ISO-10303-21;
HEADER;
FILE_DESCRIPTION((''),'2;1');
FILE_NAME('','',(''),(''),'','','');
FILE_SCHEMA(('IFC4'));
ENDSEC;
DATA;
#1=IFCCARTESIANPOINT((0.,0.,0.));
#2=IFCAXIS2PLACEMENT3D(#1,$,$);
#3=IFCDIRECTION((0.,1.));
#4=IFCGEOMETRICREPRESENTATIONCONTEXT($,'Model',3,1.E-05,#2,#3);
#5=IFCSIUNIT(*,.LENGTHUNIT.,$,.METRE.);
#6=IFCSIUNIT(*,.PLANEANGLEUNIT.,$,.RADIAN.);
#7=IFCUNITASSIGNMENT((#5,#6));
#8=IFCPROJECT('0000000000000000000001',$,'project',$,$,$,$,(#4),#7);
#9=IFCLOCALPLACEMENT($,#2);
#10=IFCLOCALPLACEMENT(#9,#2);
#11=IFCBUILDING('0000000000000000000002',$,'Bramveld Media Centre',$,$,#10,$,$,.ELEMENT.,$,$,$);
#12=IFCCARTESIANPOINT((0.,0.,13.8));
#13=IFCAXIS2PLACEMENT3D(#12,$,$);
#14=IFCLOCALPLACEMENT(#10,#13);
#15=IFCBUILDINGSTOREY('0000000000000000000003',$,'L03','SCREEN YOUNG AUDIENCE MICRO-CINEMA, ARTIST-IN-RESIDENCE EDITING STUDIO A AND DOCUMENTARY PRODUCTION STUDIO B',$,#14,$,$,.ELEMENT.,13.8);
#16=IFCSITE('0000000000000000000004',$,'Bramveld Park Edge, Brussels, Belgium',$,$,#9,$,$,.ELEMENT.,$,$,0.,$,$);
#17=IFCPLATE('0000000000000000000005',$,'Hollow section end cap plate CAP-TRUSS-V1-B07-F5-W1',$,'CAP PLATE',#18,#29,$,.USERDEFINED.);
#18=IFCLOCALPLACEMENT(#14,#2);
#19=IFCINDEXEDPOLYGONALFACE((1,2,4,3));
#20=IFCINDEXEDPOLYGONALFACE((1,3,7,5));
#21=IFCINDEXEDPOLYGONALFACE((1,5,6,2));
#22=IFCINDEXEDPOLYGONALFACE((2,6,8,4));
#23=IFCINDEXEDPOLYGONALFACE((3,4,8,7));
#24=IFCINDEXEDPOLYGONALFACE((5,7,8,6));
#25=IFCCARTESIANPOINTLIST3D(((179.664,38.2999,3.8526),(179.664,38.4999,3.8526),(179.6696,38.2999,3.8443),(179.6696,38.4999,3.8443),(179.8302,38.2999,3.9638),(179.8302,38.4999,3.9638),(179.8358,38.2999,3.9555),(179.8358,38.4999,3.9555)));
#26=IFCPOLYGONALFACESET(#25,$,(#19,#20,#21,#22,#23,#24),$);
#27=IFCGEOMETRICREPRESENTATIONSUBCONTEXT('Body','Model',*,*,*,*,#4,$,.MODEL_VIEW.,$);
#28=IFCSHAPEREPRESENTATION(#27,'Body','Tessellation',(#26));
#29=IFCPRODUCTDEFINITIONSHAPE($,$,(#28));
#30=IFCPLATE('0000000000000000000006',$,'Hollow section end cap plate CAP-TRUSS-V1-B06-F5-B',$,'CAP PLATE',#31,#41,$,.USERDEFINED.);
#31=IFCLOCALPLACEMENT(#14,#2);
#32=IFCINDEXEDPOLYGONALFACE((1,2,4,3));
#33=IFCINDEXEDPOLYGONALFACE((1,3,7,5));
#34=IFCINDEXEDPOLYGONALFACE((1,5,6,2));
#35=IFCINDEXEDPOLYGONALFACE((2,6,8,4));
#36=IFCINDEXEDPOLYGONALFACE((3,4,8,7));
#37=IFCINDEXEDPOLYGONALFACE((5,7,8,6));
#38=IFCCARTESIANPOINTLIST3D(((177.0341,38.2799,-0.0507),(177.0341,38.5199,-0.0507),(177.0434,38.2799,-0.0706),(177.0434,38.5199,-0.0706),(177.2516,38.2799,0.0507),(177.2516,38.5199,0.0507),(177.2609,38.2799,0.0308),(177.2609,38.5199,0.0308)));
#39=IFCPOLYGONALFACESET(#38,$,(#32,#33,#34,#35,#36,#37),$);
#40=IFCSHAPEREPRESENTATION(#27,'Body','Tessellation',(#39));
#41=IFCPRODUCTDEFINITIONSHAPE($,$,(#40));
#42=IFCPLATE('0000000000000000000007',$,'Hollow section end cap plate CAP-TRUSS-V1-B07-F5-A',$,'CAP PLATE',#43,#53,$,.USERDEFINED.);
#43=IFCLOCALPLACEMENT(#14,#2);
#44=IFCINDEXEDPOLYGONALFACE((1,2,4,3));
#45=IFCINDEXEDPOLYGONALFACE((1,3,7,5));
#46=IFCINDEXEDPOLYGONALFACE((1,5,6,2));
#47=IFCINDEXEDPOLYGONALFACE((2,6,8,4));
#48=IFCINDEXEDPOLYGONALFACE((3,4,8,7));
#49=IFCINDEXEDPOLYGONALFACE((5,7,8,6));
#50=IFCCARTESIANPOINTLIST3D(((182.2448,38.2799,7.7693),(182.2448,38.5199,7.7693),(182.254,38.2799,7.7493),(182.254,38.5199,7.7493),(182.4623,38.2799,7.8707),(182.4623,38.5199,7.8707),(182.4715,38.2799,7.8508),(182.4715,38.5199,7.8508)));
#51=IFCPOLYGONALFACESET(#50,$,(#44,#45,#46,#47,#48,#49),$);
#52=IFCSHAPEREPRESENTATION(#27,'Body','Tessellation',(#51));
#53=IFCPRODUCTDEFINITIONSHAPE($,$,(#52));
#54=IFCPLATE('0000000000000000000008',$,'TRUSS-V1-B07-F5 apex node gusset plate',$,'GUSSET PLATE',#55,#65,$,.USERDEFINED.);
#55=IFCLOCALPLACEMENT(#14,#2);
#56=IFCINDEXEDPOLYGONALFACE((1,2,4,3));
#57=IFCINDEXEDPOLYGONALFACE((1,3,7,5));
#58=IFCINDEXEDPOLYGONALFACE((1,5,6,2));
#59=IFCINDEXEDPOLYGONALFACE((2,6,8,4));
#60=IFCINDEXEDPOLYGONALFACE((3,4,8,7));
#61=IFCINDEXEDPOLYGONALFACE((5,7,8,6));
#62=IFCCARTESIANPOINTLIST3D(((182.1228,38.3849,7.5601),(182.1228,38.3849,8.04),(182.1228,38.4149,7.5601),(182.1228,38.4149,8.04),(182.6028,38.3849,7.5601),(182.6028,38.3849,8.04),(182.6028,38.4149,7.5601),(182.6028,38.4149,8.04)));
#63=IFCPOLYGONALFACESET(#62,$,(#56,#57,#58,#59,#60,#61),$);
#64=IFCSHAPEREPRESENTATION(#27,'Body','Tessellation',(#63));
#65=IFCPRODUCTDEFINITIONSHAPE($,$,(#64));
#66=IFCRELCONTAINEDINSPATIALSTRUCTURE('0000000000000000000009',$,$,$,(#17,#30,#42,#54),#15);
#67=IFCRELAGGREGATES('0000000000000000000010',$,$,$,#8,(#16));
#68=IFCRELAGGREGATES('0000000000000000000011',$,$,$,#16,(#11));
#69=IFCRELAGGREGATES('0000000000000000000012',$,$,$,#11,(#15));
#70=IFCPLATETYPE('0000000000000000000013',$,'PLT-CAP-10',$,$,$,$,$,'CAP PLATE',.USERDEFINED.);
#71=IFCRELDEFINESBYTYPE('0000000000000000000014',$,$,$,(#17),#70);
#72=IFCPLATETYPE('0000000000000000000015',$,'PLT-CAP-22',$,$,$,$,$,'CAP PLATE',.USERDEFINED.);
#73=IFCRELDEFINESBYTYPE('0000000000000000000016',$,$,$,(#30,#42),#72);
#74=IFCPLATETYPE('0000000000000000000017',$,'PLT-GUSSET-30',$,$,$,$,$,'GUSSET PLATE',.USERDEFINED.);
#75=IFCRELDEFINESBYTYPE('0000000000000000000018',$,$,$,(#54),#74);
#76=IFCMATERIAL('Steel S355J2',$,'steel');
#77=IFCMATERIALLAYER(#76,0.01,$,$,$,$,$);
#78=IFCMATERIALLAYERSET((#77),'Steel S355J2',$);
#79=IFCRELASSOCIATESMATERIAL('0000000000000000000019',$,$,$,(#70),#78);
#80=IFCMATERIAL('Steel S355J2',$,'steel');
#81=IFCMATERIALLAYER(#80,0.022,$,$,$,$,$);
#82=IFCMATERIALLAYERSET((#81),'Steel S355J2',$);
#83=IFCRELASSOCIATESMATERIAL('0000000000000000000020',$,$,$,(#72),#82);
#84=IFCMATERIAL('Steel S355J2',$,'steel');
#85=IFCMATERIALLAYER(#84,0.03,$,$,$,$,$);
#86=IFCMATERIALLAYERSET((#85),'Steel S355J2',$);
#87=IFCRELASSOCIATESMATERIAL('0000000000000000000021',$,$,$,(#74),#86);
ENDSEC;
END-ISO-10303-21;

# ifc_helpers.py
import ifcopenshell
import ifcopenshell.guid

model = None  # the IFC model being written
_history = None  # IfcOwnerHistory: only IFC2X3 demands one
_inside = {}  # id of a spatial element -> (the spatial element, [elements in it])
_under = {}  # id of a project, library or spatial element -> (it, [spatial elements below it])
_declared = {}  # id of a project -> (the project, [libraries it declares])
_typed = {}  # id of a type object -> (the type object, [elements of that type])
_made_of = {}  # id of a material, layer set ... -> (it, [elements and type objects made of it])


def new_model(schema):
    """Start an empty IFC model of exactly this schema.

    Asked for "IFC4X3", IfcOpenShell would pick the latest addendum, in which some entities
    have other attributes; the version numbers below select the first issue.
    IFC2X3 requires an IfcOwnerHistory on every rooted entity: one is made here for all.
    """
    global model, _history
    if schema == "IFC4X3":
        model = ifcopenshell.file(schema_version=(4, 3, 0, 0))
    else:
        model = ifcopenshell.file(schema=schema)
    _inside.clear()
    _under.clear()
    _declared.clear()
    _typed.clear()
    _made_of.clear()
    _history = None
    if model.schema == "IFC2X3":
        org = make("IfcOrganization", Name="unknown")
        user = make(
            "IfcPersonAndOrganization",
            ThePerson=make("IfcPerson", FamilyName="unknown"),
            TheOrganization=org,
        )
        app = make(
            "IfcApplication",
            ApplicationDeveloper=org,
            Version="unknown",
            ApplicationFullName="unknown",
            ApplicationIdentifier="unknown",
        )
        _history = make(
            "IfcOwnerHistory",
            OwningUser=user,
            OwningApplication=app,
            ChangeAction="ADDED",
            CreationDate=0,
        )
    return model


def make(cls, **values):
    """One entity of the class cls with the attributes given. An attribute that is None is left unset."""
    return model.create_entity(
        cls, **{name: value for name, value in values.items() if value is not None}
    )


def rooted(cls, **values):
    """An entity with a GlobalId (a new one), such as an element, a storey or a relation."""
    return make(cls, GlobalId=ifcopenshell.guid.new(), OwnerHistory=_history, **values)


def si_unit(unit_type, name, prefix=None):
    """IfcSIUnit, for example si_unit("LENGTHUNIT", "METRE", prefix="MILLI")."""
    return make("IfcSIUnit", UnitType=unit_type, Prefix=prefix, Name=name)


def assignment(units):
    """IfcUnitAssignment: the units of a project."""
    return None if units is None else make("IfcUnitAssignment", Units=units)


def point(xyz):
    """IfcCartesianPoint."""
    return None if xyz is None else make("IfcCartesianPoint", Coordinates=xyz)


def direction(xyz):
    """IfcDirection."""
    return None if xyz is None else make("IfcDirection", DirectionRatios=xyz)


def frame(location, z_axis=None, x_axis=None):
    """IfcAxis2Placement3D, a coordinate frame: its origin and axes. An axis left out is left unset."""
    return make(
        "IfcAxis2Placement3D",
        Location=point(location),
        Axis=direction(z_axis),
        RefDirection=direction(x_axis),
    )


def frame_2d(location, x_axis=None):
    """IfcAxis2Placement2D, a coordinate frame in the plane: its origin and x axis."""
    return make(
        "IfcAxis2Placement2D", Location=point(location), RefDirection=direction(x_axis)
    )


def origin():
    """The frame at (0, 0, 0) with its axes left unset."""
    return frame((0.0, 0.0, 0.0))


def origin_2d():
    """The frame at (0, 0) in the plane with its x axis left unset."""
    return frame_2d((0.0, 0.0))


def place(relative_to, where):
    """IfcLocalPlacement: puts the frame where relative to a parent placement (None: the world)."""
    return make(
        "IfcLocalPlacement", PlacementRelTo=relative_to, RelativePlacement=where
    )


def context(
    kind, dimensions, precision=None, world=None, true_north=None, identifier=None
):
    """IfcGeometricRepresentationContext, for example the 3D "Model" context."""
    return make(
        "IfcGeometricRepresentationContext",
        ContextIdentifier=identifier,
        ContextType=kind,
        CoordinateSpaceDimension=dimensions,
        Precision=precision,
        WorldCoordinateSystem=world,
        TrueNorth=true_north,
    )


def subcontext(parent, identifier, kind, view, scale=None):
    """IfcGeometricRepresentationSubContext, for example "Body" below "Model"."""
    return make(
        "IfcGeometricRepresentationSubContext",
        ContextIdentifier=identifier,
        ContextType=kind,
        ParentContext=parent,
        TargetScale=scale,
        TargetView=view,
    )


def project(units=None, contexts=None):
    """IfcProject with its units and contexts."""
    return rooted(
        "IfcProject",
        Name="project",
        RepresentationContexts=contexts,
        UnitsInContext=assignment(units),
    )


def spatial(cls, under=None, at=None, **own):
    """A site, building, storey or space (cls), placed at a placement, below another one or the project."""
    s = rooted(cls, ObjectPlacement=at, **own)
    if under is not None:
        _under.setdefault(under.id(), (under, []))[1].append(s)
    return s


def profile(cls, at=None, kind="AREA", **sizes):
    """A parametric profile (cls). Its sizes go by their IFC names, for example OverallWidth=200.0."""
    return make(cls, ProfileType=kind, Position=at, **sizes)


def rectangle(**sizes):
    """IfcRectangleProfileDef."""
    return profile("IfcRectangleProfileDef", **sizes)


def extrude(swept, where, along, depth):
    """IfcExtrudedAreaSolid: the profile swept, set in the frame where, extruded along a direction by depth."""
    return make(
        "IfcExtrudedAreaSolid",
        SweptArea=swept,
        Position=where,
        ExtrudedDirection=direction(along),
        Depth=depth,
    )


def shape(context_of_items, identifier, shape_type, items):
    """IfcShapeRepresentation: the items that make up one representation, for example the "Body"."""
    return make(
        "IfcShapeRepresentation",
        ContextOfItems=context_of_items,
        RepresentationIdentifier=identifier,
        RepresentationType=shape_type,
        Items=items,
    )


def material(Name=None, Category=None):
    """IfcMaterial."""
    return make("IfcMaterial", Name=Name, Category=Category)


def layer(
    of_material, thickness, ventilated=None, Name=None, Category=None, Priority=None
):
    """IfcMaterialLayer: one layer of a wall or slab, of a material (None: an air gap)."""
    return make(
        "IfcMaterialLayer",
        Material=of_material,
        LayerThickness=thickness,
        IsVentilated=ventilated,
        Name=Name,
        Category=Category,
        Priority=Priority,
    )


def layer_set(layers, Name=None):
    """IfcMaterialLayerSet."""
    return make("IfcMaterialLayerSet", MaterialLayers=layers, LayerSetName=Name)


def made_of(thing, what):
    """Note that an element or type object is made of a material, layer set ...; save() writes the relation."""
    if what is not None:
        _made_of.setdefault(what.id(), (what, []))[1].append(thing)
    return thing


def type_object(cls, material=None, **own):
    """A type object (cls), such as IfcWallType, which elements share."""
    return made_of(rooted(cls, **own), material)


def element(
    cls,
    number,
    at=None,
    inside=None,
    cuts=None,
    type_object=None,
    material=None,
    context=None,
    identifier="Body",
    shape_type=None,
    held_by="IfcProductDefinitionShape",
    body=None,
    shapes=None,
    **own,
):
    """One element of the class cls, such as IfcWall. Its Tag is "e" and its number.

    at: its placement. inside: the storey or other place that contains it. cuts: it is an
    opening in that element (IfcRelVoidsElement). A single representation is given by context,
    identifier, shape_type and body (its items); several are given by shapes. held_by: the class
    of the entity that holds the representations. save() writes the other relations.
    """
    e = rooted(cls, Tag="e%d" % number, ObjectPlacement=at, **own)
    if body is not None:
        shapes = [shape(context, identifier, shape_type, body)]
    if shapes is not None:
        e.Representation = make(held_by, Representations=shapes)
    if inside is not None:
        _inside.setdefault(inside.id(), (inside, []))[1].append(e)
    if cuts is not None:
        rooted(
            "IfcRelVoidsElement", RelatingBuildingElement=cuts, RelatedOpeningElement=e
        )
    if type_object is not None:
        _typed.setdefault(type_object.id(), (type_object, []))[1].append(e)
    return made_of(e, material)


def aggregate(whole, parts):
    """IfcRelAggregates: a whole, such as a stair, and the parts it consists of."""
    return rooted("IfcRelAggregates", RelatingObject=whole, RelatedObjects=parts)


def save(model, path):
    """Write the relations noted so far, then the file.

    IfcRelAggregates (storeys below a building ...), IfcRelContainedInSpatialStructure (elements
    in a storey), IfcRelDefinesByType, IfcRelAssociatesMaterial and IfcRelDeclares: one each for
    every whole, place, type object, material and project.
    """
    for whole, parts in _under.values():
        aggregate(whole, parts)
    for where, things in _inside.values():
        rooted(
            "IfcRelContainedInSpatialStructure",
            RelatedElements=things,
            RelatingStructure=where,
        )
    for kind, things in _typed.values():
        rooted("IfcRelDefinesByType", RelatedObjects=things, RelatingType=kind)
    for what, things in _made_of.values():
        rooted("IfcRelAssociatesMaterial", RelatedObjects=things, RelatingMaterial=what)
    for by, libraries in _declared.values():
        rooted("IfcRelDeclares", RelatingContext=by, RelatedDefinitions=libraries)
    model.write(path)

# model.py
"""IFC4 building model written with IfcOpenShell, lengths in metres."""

from ifc_helpers import new_model, si_unit, direction, frame, origin, origin_2d, place, context, subcontext, project, spatial, rectangle, extrude, material, layer, layer_set, type_object, element, save


model = new_model("IFC4")

# Units and contexts
model_context = context("Model", 3, precision=1e-05, world=origin(), true_north=direction((0.0, 1.0)))
body_context = subcontext(model_context, "Body", "Model", "MODEL_VIEW")
ifc_project = project(units=[si_unit("LENGTHUNIT", "METRE"), si_unit("PLANEANGLEUNIT", "RADIAN")], contexts=[model_context])

# Site, building, storey
site_placement = place(None, origin())
site = spatial("IfcSite", under=ifc_project, at=site_placement, Name="Bramveld Park Edge, Brussels, Belgium", CompositionType="ELEMENT", RefElevation=0.0)
building_placement = place(site_placement, origin())
building = spatial("IfcBuilding", under=site, at=building_placement, Name="Bramveld Media Centre", CompositionType="ELEMENT")
storey_placement = place(building_placement, frame((0.0, 0.0, 13.8)))
storey = spatial("IfcBuildingStorey", under=building, at=storey_placement, Name="L03", Description="SCREEN YOUNG AUDIENCE MICRO-CINEMA, ARTIST-IN-RESIDENCE EDITING STUDIO A AND DOCUMENTARY PRODUCTION STUDIO B", CompositionType="ELEMENT", Elevation=13.8)

# Plates
ifc_material_1 = material(Name="Steel S355J2", Category="steel")
ifc_layer_1 = layer(ifc_material_1, 0.01)
ifc_layer_set_1 = layer_set([ifc_layer_1], Name="Steel S355J2")
plate_type_1 = type_object("IfcPlateType", Name="PLT-CAP-10", ElementType="CAP PLATE", PredefinedType="USERDEFINED", material=ifc_layer_set_1)
for number, where, z_axis, x_axis, name in (
    (1, (179.7527, 38.3999, 3.8999), (-0.556175, 0.0, 0.831065), (0.0, -1.0, 0.0), "Hollow section end cap plate CAP-TRUSS-V1-B07-F5-W1"),
):
    element("IfcPlate", number, at=place(storey_placement, frame(where, z_axis=z_axis, x_axis=x_axis)), inside=storey, type_object=plate_type_1, Name=name, ObjectType="CAP PLATE", PredefinedType="USERDEFINED", context=body_context, shape_type="SweptSolid", body=[
        extrude(rectangle(XDim=0.2, YDim=0.2, at=origin_2d()), origin(), (0.0, 0.0, 1.0), 0.01),
    ])
ifc_material_2 = material(Name="Steel S355J2", Category="steel")
ifc_layer_2 = layer(ifc_material_2, 0.022)
ifc_layer_set_2 = layer_set([ifc_layer_2], Name="Steel S355J2")
plate_type_2 = type_object("IfcPlateType", Name="PLT-CAP-22", ElementType="CAP PLATE", PredefinedType="USERDEFINED", material=ifc_layer_set_2)
for number, where, z_axis, x_axis, name in (
    (2, (177.1428, 38.3999, 0.0), (0.422628, 0.0, -0.906303), (0.0, 1.0, 0.0), "Hollow section end cap plate CAP-TRUSS-V1-B06-F5-B"),
    (3, (182.3628, 38.3999, 7.8), (-0.422618, 0.0, 0.906308), (0.0, -1.0, 0.0), "Hollow section end cap plate CAP-TRUSS-V1-B07-F5-A"),
):
    element("IfcPlate", number, at=place(storey_placement, frame(where, z_axis=z_axis, x_axis=x_axis)), inside=storey, type_object=plate_type_2, Name=name, ObjectType="CAP PLATE", PredefinedType="USERDEFINED", context=body_context, shape_type="SweptSolid", body=[
        extrude(rectangle(XDim=0.24, YDim=0.24, at=origin_2d()), origin(), (0.0, 0.0, 1.0), 0.022),
    ])
ifc_material_3 = material(Name="Steel S355J2", Category="steel")
ifc_layer_3 = layer(ifc_material_3, 0.03)
ifc_layer_set_3 = layer_set([ifc_layer_3], Name="Steel S355J2")
plate_type_3 = type_object("IfcPlateType", Name="PLT-GUSSET-30", ElementType="GUSSET PLATE", PredefinedType="USERDEFINED", material=ifc_layer_set_3)
plate_1_placement = place(storey_placement, frame((182.3628, 38.3999, 7.5601), z_axis=(0.0, 0.0, 1.0), x_axis=(1.0, 0.0, 0.0)))
element("IfcPlate", 4, at=plate_1_placement, inside=storey, type_object=plate_type_3, Name="TRUSS-V1-B07-F5 apex node gusset plate", ObjectType="GUSSET PLATE", PredefinedType="USERDEFINED", context=body_context, shape_type="SweptSolid", body=[
    extrude(rectangle(XDim=0.48, YDim=0.03, at=origin_2d()), origin(), (0.0, 0.0, 1.0), 0.48),
])

save(model, "model.ifc")
